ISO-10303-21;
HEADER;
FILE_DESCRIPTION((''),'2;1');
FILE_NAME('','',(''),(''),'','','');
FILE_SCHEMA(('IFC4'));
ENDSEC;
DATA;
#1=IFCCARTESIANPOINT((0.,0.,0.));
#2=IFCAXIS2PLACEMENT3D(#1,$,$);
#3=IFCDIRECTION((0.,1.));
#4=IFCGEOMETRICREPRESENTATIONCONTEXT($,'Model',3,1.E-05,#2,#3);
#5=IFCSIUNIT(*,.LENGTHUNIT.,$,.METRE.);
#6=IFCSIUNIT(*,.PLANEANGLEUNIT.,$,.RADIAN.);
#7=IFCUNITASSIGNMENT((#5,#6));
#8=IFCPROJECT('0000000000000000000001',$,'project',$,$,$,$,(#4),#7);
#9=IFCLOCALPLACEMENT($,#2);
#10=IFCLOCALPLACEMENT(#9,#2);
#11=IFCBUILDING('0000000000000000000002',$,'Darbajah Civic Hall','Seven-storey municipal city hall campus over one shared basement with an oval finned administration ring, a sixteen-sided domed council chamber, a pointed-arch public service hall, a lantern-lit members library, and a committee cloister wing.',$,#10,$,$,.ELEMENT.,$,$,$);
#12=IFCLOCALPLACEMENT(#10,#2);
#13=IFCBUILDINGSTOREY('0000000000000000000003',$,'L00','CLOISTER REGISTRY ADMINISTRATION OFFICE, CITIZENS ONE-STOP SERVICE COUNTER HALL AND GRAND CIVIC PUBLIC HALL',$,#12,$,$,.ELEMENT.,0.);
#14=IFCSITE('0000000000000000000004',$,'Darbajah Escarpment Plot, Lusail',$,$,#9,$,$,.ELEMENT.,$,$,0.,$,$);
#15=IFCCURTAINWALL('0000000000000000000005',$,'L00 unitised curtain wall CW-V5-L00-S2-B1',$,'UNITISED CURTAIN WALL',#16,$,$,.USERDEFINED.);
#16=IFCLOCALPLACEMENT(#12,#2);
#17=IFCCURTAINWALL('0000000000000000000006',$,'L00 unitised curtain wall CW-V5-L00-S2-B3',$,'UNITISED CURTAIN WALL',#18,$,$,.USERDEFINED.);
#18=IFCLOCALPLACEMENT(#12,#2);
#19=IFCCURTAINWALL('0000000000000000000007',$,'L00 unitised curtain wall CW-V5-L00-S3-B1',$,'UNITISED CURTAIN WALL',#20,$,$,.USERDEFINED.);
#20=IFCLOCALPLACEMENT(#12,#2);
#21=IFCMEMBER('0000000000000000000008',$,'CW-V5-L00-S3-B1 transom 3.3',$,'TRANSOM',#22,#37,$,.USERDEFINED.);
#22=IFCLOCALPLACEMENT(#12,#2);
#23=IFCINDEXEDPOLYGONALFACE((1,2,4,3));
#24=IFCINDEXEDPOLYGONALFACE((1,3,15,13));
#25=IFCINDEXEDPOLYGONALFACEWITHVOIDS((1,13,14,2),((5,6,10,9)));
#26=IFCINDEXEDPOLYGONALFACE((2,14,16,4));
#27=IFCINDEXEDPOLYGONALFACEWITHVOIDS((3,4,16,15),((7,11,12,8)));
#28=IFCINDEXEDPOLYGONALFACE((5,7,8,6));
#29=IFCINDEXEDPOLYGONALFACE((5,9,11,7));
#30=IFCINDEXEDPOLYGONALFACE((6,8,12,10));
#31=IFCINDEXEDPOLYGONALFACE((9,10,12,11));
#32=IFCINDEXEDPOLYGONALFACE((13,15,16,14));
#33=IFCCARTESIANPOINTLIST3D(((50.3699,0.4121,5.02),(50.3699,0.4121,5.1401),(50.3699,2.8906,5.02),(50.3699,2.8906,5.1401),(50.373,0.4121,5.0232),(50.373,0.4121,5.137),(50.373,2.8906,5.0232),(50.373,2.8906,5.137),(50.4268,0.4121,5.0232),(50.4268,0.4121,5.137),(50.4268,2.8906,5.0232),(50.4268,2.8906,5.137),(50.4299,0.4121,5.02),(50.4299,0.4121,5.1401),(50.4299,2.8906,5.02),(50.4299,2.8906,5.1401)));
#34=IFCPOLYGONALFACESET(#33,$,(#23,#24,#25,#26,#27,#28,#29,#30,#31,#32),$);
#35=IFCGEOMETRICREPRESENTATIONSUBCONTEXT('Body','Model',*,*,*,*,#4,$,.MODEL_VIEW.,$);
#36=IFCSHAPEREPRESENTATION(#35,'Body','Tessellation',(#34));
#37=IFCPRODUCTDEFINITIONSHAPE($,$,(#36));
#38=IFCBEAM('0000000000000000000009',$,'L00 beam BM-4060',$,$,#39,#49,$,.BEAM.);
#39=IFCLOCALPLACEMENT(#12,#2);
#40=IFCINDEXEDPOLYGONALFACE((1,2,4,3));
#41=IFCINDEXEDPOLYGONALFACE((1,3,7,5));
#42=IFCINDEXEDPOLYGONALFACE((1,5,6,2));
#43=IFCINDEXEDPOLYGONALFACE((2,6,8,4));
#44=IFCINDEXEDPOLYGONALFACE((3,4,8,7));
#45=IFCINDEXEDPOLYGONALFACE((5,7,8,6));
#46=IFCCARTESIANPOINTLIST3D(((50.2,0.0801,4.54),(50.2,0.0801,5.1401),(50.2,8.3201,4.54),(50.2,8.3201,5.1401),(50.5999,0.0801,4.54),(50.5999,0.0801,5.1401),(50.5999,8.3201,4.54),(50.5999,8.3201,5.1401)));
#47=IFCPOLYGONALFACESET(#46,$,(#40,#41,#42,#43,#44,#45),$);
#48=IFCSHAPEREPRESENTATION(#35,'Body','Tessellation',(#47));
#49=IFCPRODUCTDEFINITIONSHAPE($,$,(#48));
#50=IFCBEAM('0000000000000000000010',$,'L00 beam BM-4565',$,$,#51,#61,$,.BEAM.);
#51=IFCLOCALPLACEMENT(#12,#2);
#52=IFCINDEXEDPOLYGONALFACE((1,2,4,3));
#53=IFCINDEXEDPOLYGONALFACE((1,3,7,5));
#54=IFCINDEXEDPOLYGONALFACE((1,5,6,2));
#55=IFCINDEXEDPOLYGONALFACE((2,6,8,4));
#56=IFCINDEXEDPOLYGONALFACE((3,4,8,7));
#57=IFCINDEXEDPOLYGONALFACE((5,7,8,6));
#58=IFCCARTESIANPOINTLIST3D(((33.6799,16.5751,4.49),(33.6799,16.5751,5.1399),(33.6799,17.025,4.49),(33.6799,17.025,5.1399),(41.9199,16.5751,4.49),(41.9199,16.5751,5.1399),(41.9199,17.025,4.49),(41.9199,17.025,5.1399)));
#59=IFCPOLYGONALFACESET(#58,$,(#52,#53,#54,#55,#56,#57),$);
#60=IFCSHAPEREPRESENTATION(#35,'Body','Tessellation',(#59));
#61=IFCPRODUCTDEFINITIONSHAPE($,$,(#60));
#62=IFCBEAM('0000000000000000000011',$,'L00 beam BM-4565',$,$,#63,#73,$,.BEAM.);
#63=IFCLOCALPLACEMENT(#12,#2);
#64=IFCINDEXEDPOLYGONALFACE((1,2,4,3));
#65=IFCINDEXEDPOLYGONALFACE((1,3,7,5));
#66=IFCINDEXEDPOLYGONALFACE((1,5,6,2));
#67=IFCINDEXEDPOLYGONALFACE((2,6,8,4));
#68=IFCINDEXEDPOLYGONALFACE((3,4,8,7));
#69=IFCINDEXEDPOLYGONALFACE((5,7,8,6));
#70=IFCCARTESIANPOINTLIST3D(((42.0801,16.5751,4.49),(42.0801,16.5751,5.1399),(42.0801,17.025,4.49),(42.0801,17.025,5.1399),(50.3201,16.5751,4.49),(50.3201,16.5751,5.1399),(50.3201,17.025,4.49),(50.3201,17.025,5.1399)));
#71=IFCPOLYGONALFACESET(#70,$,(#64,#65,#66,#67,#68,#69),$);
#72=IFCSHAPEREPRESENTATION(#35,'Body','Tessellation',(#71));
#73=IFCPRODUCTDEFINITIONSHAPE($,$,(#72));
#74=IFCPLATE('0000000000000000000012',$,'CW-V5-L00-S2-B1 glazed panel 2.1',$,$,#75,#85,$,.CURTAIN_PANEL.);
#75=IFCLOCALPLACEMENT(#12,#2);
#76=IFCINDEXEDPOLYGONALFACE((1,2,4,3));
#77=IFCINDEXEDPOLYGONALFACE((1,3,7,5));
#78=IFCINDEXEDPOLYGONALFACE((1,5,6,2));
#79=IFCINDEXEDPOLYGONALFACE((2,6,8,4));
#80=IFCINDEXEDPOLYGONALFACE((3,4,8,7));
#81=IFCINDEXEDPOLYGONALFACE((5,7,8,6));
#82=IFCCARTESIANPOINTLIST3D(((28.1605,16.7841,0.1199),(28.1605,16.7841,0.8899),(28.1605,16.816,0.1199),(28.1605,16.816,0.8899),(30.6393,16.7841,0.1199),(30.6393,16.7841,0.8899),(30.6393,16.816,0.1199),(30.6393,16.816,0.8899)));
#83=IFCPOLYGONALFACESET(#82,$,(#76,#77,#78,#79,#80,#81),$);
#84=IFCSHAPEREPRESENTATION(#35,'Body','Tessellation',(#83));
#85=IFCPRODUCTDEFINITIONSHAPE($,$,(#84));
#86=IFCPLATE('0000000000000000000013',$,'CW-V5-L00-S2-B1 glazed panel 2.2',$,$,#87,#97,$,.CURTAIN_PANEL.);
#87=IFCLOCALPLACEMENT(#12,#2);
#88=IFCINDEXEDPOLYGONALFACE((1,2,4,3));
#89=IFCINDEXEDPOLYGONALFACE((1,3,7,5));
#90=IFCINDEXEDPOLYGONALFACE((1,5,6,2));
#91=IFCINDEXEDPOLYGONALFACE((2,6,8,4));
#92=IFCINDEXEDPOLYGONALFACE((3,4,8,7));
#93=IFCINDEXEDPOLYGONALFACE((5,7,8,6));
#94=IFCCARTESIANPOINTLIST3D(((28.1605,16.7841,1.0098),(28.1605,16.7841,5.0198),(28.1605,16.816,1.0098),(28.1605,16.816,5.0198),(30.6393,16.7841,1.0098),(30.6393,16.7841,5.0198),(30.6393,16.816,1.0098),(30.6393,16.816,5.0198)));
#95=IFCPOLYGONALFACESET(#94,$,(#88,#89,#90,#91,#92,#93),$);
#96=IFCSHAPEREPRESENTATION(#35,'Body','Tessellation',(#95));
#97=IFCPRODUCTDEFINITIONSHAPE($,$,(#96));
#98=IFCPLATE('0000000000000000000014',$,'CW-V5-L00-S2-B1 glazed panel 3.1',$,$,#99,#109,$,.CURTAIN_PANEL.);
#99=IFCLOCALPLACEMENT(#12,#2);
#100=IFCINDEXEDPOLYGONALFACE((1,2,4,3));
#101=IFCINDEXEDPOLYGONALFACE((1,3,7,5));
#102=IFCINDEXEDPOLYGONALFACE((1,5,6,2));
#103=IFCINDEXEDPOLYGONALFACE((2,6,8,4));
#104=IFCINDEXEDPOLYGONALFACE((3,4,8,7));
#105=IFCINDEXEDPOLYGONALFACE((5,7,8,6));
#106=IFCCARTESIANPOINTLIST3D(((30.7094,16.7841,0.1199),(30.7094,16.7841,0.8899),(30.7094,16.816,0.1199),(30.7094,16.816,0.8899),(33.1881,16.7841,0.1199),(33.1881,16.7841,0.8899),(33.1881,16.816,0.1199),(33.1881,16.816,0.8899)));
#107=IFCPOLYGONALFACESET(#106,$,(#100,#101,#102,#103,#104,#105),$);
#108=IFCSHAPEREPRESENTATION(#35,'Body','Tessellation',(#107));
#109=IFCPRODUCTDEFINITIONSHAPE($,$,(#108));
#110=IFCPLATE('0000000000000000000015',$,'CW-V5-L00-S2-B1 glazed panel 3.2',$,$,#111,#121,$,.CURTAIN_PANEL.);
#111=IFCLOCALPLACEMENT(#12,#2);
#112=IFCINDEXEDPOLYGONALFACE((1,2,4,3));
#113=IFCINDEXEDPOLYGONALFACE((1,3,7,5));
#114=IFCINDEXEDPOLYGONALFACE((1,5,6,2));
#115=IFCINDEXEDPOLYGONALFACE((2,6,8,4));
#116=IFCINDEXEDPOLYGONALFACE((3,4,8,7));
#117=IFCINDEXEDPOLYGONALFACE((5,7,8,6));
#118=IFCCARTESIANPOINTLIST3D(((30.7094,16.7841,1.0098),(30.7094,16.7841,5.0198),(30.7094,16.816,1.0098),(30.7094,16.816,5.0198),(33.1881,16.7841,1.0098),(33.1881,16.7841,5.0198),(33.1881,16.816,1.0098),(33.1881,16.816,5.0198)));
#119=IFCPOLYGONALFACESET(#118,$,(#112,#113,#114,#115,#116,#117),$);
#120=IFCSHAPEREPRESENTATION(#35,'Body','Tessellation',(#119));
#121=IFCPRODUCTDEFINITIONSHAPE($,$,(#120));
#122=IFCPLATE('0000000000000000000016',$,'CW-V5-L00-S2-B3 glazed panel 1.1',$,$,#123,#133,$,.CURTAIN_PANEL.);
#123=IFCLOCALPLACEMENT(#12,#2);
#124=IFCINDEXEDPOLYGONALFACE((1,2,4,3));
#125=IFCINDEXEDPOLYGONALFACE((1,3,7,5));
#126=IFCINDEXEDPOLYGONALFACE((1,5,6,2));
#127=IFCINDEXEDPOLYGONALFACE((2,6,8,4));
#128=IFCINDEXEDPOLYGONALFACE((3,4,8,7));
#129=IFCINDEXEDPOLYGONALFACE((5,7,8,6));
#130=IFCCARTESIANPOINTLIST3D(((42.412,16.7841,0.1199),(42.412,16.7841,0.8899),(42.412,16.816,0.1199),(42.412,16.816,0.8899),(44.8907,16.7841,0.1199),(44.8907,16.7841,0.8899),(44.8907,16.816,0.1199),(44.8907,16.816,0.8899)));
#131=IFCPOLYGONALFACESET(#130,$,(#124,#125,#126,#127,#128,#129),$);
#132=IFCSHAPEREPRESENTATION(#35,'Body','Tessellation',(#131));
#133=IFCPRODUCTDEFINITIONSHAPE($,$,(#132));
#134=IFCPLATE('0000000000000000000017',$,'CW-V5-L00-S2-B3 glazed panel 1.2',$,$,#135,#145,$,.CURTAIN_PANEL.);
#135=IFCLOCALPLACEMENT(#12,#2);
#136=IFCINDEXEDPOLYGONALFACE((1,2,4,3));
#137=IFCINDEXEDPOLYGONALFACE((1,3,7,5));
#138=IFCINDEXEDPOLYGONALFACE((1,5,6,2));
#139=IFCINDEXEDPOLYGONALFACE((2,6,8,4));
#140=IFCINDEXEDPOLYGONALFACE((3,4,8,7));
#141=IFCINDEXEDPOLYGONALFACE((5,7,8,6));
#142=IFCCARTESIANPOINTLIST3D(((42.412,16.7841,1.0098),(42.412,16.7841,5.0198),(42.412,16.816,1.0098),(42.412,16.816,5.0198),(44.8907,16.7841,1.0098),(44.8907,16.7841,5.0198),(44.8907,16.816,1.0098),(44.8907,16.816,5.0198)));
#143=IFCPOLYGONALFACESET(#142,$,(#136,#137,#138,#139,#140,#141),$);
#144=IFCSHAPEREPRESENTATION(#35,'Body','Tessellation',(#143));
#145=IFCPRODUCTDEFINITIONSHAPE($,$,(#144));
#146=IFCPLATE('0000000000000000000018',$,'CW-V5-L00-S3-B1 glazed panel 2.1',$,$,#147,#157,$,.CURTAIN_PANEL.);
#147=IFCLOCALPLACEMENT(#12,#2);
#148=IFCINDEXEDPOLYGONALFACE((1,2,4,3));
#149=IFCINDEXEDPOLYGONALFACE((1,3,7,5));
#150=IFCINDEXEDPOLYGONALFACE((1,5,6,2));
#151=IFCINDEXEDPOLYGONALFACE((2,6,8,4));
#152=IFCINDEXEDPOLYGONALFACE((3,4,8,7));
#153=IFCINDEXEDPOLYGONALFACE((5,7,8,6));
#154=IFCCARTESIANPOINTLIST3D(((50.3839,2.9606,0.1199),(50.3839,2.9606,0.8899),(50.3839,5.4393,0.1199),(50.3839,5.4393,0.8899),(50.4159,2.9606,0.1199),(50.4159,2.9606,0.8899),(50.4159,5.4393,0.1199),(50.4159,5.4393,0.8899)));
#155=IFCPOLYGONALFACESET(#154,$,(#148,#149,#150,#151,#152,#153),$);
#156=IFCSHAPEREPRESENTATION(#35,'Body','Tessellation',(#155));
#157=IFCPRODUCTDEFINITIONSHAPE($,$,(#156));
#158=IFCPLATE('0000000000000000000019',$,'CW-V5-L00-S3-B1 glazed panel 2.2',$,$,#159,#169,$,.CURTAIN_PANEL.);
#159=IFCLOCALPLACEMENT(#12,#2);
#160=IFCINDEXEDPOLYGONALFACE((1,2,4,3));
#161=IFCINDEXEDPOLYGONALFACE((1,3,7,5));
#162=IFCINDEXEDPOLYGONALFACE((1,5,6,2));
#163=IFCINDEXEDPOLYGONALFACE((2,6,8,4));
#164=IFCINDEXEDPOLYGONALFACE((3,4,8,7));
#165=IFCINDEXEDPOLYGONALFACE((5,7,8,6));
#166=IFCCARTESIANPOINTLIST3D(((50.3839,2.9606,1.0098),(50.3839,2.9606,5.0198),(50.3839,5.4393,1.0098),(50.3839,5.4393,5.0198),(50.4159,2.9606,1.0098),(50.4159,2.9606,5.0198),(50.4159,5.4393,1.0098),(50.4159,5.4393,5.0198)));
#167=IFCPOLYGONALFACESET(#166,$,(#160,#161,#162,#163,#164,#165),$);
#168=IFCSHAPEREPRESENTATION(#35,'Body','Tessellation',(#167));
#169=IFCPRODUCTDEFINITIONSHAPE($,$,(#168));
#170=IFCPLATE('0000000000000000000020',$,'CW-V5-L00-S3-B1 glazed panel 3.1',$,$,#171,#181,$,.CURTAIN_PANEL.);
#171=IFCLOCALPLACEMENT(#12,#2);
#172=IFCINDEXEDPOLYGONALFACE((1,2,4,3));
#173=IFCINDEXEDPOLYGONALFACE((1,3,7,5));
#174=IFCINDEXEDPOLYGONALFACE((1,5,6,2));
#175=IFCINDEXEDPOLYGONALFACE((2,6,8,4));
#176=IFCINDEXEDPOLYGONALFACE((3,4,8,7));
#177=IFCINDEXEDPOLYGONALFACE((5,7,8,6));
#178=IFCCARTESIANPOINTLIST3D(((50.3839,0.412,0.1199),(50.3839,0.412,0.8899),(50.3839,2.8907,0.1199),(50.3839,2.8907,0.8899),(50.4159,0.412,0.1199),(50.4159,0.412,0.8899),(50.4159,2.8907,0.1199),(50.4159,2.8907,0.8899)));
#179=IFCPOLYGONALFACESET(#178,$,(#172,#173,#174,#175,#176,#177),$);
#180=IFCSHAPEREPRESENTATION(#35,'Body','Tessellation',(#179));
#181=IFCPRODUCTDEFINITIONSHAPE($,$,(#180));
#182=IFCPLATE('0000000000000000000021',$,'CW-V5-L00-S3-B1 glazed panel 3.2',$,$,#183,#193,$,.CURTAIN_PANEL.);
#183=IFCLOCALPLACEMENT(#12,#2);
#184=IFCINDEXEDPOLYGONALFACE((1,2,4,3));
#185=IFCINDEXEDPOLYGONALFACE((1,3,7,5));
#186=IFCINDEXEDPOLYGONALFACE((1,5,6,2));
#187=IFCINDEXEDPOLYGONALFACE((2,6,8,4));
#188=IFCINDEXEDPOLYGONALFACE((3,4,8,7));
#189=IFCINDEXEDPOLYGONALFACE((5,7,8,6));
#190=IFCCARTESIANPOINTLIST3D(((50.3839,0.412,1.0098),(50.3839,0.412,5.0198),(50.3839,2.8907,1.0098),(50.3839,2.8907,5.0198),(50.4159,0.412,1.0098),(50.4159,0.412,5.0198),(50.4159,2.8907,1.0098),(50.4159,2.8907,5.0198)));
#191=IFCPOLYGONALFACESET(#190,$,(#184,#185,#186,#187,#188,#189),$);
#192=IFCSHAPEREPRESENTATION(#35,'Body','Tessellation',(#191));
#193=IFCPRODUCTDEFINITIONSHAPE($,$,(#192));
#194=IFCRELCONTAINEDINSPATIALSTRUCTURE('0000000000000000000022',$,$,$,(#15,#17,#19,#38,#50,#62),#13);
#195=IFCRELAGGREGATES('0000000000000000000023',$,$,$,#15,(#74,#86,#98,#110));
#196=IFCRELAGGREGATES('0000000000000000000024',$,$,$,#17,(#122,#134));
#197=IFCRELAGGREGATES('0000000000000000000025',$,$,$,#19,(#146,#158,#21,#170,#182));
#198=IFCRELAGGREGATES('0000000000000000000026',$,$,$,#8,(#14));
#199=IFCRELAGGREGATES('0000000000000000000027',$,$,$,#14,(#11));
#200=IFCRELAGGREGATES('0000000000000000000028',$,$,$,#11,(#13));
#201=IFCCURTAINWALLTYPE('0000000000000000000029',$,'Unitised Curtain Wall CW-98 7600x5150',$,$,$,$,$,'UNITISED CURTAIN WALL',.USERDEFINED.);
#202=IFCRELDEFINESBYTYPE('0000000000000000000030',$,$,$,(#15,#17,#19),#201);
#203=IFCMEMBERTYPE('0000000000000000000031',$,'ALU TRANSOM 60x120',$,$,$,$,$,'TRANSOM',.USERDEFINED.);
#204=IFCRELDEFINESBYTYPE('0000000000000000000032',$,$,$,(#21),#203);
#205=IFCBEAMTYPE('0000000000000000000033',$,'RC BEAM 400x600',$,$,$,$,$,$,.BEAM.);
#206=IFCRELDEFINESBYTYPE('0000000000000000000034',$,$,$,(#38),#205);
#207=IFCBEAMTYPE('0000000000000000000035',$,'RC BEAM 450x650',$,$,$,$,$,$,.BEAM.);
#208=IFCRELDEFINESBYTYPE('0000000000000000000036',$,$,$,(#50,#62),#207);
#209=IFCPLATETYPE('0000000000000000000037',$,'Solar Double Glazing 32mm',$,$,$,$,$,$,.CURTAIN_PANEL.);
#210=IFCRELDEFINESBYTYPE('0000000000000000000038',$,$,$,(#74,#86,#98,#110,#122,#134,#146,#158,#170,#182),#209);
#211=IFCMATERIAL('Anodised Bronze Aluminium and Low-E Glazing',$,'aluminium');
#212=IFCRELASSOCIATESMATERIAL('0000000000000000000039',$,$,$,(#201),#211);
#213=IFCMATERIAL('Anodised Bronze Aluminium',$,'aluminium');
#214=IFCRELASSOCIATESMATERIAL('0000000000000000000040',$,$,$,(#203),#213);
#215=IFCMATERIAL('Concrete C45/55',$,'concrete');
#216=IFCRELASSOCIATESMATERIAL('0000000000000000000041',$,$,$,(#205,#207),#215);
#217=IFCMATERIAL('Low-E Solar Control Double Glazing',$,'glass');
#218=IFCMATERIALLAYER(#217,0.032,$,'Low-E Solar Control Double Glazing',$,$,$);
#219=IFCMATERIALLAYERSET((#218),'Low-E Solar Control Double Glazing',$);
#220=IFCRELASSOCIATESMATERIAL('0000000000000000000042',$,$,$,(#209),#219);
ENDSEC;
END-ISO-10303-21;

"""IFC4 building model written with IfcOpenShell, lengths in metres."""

from ifc_helpers import new_model, si_unit, direction, frame, origin, origin_2d, place, context, subcontext, project, spatial, rectangle, hollow_rectangle, extrude, material, layer, layer_set, material_profile, profile_set, type_object, element, aggregate, save


model = new_model("IFC4")

# Units and contexts
model_context = context("Model", 3, precision=1e-05, world=origin(), true_north=direction((0.0, 1.0)))
body_context = subcontext(model_context, "Body", "Model", "MODEL_VIEW")
ifc_project = project(units=[si_unit("LENGTHUNIT", "METRE"), si_unit("PLANEANGLEUNIT", "RADIAN")], contexts=[model_context])

# Site, building, storey
site_placement = place(None, origin())
site = spatial("IfcSite", under=ifc_project, at=site_placement, Name="Darbajah Escarpment Plot, Lusail", CompositionType="ELEMENT", RefElevation=0.0)
building_placement = place(site_placement, origin())
building = spatial("IfcBuilding", under=site, at=building_placement, Name="Darbajah Civic Hall", Description="Seven-storey municipal city hall campus over one shared basement with an oval finned administration ring, a sixteen-sided domed council chamber, a pointed-arch public service hall, a lantern-lit members library, and a committee cloister wing.", CompositionType="ELEMENT")
storey_placement = place(building_placement, origin())
storey = spatial("IfcBuildingStorey", under=building, at=storey_placement, Name="L00", Description="CLOISTER REGISTRY ADMINISTRATION OFFICE, CITIZENS ONE-STOP SERVICE COUNTER HALL AND GRAND CIVIC PUBLIC HALL", CompositionType="ELEMENT", Elevation=0.0)

# Curtain walls
ifc_material_1 = material(Name="Anodised Bronze Aluminium and Low-E Glazing", Category="aluminium")
curtain_wall_type = type_object("IfcCurtainWallType", Name="Unitised Curtain Wall CW-98 7600x5150", ElementType="UNITISED CURTAIN WALL", PredefinedType="USERDEFINED", material=ifc_material_1)
curtain_wall_1_placement = place(storey_placement, origin())
curtain_wall_1 = element("IfcCurtainWall", 1, at=curtain_wall_1_placement, inside=storey, type_object=curtain_wall_type, Name="L00 unitised curtain wall CW-V5-L00-S2-B1", ObjectType="UNITISED CURTAIN WALL", PredefinedType="USERDEFINED")
ifc_material_2 = material(Name="Anodised Bronze Aluminium", Category="aluminium")
curtain_wall_2_placement = place(storey_placement, origin())
curtain_wall_2 = element("IfcCurtainWall", 2, at=curtain_wall_2_placement, inside=storey, type_object=curtain_wall_type, Name="L00 unitised curtain wall CW-V5-L00-S2-B3", ObjectType="UNITISED CURTAIN WALL", PredefinedType="USERDEFINED")
curtain_wall_3_placement = place(storey_placement, origin())
curtain_wall_3 = element("IfcCurtainWall", 3, at=curtain_wall_3_placement, inside=storey, type_object=curtain_wall_type, Name="L00 unitised curtain wall CW-V5-L00-S3-B1", ObjectType="UNITISED CURTAIN WALL", PredefinedType="USERDEFINED")

# Member
ifc_material_profile_1 = material_profile(ifc_material_2, hollow_rectangle(XDim=0.0601, YDim=0.1201, WallThickness=0.0032, at=origin_2d()), Name="ALU TRANSOM 60x120")
ifc_profile_set_1 = profile_set([ifc_material_profile_1], Name="Anodised Bronze Aluminium")
member_type_1 = type_object("IfcMemberType", Name="ALU TRANSOM 60x120", ElementType="TRANSOM", PredefinedType="USERDEFINED", material=ifc_profile_set_1)
member_1_placement = place(storey_placement, frame((50.3999, 2.8906, 5.0801), z_axis=(0.0, -1.0, 0.0), x_axis=(1.0, 0.0, 0.0)))
member_1 = element("IfcMember", 4, at=member_1_placement, type_object=member_type_1, Name="CW-V5-L00-S3-B1 transom 3.3", ObjectType="TRANSOM", PredefinedType="USERDEFINED", context=body_context, shape_type="SweptSolid", body=[
    extrude(hollow_rectangle(XDim=0.0601, YDim=0.1201, WallThickness=0.0032, at=origin_2d()), origin(), (0.0, 0.0, 1.0), 2.4785),
])

# Beams
ifc_material_3 = material(Name="Concrete C45/55", Category="concrete")
ifc_material_profile_2 = material_profile(ifc_material_3, rectangle(XDim=0.3999, YDim=0.6001, at=origin_2d()), Name="RC BEAM 400x600")
ifc_profile_set_2 = profile_set([ifc_material_profile_2], Name="Concrete C45/55")
beam_type_1 = type_object("IfcBeamType", Name="RC BEAM 400x600", PredefinedType="BEAM", material=ifc_profile_set_2)
beam_placement = place(storey_placement, frame((50.3999, 0.0801, 4.8401), z_axis=(0.0, 1.0, 0.0), x_axis=(-1.0, 0.0, 0.0)))
element("IfcBeam", 5, at=beam_placement, inside=storey, type_object=beam_type_1, Name="L00 beam BM-4060", PredefinedType="BEAM", context=body_context, shape_type="SweptSolid", body=[
    extrude(rectangle(XDim=0.3999, YDim=0.6001, at=origin_2d()), origin(), (0.0, 0.0, 1.0), 8.24),
])
ifc_material_profile_3 = material_profile(ifc_material_3, rectangle(XDim=0.45, YDim=0.6499, at=origin_2d()), Name="RC BEAM 450x650")
ifc_profile_set_3 = profile_set([ifc_material_profile_3], Name="Concrete C45/55")
beam_type_2 = type_object("IfcBeamType", Name="RC BEAM 450x650", PredefinedType="BEAM", material=ifc_profile_set_3)
for number, where, z_axis, x_axis, name in (
    (6, (33.6799, 16.8, 4.8149), (1.0, 0.0, 0.0), (0.0, 1.0, 0.0), "L00 beam BM-4565"),
    (7, (42.0801, 16.8, 4.8149), (1.0, 0.0, 0.0), (0.0, 1.0, 0.0), "L00 beam BM-4565"),
):
    element("IfcBeam", number, at=place(storey_placement, frame(where, z_axis=z_axis, x_axis=x_axis)), inside=storey, type_object=beam_type_2, Name=name, PredefinedType="BEAM", context=body_context, shape_type="SweptSolid", body=[
        extrude(rectangle(XDim=0.45, YDim=0.6499, at=origin_2d()), origin(), (0.0, 0.0, 1.0), 8.24),
    ])

# Plates
ifc_material_4 = material(Name="Low-E Solar Control Double Glazing", Category="glass")
ifc_layer_1 = layer(ifc_material_4, 0.032, Name="Low-E Solar Control Double Glazing")
ifc_layer_set_1 = layer_set([ifc_layer_1], Name="Low-E Solar Control Double Glazing")
plate_type = type_object("IfcPlateType", Name="Solar Double Glazing 32mm", PredefinedType="CURTAIN_PANEL", material=ifc_layer_set_1)
plate_1_placement = place(storey_placement, frame((29.3999, 16.8, 0.1199), z_axis=(0.0, 0.0, 1.0), x_axis=(1.0, 0.0, 0.0)))
plate_1 = element("IfcPlate", 8, at=plate_1_placement, type_object=plate_type, Name="CW-V5-L00-S2-B1 glazed panel 2.1", PredefinedType="CURTAIN_PANEL", context=body_context, shape_type="SweptSolid", body=[
    extrude(rectangle(XDim=2.4788, YDim=0.032, at=origin_2d()), origin(), (0.0, 0.0, 1.0), 0.77),
])
plate_2_placement = place(storey_placement, frame((29.3999, 16.8, 1.0098), z_axis=(0.0, 0.0, 1.0), x_axis=(1.0, 0.0, 0.0)))
plate_2 = element("IfcPlate", 9, at=plate_2_placement, type_object=plate_type, Name="CW-V5-L00-S2-B1 glazed panel 2.2", PredefinedType="CURTAIN_PANEL", context=body_context, shape_type="SweptSolid", body=[
    extrude(rectangle(XDim=2.4788, YDim=0.032, at=origin_2d()), origin(), (0.0, 0.0, 1.0), 4.01),
])
plate_3_placement = place(storey_placement, frame((31.9487, 16.8, 0.1199), z_axis=(0.0, 0.0, 1.0), x_axis=(1.0, 0.0, 0.0)))
plate_3 = element("IfcPlate", 10, at=plate_3_placement, type_object=plate_type, Name="CW-V5-L00-S2-B1 glazed panel 3.1", PredefinedType="CURTAIN_PANEL", context=body_context, shape_type="SweptSolid", body=[
    extrude(rectangle(XDim=2.4788, YDim=0.032, at=origin_2d()), origin(), (0.0, 0.0, 1.0), 0.77),
])
plate_4_placement = place(storey_placement, frame((31.9487, 16.8, 1.0098), z_axis=(0.0, 0.0, 1.0), x_axis=(1.0, 0.0, 0.0)))
plate_4 = element("IfcPlate", 11, at=plate_4_placement, type_object=plate_type, Name="CW-V5-L00-S2-B1 glazed panel 3.2", PredefinedType="CURTAIN_PANEL", context=body_context, shape_type="SweptSolid", body=[
    extrude(rectangle(XDim=2.4788, YDim=0.032, at=origin_2d()), origin(), (0.0, 0.0, 1.0), 4.01),
])
aggregate(curtain_wall_1, [plate_1, plate_2, plate_3, plate_4])
plate_5_placement = place(storey_placement, frame((43.6514, 16.8, 0.1199), z_axis=(0.0, 0.0, 1.0), x_axis=(1.0, 0.0, 0.0)))
plate_5 = element("IfcPlate", 12, at=plate_5_placement, type_object=plate_type, Name="CW-V5-L00-S2-B3 glazed panel 1.1", PredefinedType="CURTAIN_PANEL", context=body_context, shape_type="SweptSolid", body=[
    extrude(rectangle(XDim=2.4788, YDim=0.032, at=origin_2d()), origin(), (0.0, 0.0, 1.0), 0.77),
])
plate_6_placement = place(storey_placement, frame((43.6514, 16.8, 1.0098), z_axis=(0.0, 0.0, 1.0), x_axis=(1.0, 0.0, 0.0)))
plate_6 = element("IfcPlate", 13, at=plate_6_placement, type_object=plate_type, Name="CW-V5-L00-S2-B3 glazed panel 1.2", PredefinedType="CURTAIN_PANEL", context=body_context, shape_type="SweptSolid", body=[
    extrude(rectangle(XDim=2.4788, YDim=0.032, at=origin_2d()), origin(), (0.0, 0.0, 1.0), 4.01),
])
aggregate(curtain_wall_2, [plate_5, plate_6])
plate_7_placement = place(storey_placement, frame((50.3999, 4.2, 0.1199), z_axis=(0.0, 0.0, 1.0), x_axis=(0.0, -1.0, 0.0)))
plate_7 = element("IfcPlate", 14, at=plate_7_placement, type_object=plate_type, Name="CW-V5-L00-S3-B1 glazed panel 2.1", PredefinedType="CURTAIN_PANEL", context=body_context, shape_type="SweptSolid", body=[
    extrude(rectangle(XDim=2.4788, YDim=0.032, at=origin_2d()), origin(), (0.0, 0.0, 1.0), 0.77),
])
plate_8_placement = place(storey_placement, frame((50.3999, 4.2, 1.0098), z_axis=(0.0, 0.0, 1.0), x_axis=(0.0, -1.0, 0.0)))
plate_8 = element("IfcPlate", 15, at=plate_8_placement, type_object=plate_type, Name="CW-V5-L00-S3-B1 glazed panel 2.2", PredefinedType="CURTAIN_PANEL", context=body_context, shape_type="SweptSolid", body=[
    extrude(rectangle(XDim=2.4788, YDim=0.032, at=origin_2d()), origin(), (0.0, 0.0, 1.0), 4.01),
])
plate_9_placement = place(storey_placement, frame((50.3999, 1.6514, 0.1199), z_axis=(0.0, 0.0, 1.0), x_axis=(0.0, -1.0, 0.0)))
plate_9 = element("IfcPlate", 16, at=plate_9_placement, type_object=plate_type, Name="CW-V5-L00-S3-B1 glazed panel 3.1", PredefinedType="CURTAIN_PANEL", context=body_context, shape_type="SweptSolid", body=[
    extrude(rectangle(XDim=2.4788, YDim=0.032, at=origin_2d()), origin(), (0.0, 0.0, 1.0), 0.77),
])
plate_10_placement = place(storey_placement, frame((50.3999, 1.6514, 1.0098), z_axis=(0.0, 0.0, 1.0), x_axis=(0.0, -1.0, 0.0)))
plate_10 = element("IfcPlate", 17, at=plate_10_placement, type_object=plate_type, Name="CW-V5-L00-S3-B1 glazed panel 3.2", PredefinedType="CURTAIN_PANEL", context=body_context, shape_type="SweptSolid", body=[
    extrude(rectangle(XDim=2.4788, YDim=0.032, at=origin_2d()), origin(), (0.0, 0.0, 1.0), 4.01),
])
aggregate(curtain_wall_3, [plate_7, plate_8, member_1, plate_9, plate_10])

save(model, "model.ifc")
